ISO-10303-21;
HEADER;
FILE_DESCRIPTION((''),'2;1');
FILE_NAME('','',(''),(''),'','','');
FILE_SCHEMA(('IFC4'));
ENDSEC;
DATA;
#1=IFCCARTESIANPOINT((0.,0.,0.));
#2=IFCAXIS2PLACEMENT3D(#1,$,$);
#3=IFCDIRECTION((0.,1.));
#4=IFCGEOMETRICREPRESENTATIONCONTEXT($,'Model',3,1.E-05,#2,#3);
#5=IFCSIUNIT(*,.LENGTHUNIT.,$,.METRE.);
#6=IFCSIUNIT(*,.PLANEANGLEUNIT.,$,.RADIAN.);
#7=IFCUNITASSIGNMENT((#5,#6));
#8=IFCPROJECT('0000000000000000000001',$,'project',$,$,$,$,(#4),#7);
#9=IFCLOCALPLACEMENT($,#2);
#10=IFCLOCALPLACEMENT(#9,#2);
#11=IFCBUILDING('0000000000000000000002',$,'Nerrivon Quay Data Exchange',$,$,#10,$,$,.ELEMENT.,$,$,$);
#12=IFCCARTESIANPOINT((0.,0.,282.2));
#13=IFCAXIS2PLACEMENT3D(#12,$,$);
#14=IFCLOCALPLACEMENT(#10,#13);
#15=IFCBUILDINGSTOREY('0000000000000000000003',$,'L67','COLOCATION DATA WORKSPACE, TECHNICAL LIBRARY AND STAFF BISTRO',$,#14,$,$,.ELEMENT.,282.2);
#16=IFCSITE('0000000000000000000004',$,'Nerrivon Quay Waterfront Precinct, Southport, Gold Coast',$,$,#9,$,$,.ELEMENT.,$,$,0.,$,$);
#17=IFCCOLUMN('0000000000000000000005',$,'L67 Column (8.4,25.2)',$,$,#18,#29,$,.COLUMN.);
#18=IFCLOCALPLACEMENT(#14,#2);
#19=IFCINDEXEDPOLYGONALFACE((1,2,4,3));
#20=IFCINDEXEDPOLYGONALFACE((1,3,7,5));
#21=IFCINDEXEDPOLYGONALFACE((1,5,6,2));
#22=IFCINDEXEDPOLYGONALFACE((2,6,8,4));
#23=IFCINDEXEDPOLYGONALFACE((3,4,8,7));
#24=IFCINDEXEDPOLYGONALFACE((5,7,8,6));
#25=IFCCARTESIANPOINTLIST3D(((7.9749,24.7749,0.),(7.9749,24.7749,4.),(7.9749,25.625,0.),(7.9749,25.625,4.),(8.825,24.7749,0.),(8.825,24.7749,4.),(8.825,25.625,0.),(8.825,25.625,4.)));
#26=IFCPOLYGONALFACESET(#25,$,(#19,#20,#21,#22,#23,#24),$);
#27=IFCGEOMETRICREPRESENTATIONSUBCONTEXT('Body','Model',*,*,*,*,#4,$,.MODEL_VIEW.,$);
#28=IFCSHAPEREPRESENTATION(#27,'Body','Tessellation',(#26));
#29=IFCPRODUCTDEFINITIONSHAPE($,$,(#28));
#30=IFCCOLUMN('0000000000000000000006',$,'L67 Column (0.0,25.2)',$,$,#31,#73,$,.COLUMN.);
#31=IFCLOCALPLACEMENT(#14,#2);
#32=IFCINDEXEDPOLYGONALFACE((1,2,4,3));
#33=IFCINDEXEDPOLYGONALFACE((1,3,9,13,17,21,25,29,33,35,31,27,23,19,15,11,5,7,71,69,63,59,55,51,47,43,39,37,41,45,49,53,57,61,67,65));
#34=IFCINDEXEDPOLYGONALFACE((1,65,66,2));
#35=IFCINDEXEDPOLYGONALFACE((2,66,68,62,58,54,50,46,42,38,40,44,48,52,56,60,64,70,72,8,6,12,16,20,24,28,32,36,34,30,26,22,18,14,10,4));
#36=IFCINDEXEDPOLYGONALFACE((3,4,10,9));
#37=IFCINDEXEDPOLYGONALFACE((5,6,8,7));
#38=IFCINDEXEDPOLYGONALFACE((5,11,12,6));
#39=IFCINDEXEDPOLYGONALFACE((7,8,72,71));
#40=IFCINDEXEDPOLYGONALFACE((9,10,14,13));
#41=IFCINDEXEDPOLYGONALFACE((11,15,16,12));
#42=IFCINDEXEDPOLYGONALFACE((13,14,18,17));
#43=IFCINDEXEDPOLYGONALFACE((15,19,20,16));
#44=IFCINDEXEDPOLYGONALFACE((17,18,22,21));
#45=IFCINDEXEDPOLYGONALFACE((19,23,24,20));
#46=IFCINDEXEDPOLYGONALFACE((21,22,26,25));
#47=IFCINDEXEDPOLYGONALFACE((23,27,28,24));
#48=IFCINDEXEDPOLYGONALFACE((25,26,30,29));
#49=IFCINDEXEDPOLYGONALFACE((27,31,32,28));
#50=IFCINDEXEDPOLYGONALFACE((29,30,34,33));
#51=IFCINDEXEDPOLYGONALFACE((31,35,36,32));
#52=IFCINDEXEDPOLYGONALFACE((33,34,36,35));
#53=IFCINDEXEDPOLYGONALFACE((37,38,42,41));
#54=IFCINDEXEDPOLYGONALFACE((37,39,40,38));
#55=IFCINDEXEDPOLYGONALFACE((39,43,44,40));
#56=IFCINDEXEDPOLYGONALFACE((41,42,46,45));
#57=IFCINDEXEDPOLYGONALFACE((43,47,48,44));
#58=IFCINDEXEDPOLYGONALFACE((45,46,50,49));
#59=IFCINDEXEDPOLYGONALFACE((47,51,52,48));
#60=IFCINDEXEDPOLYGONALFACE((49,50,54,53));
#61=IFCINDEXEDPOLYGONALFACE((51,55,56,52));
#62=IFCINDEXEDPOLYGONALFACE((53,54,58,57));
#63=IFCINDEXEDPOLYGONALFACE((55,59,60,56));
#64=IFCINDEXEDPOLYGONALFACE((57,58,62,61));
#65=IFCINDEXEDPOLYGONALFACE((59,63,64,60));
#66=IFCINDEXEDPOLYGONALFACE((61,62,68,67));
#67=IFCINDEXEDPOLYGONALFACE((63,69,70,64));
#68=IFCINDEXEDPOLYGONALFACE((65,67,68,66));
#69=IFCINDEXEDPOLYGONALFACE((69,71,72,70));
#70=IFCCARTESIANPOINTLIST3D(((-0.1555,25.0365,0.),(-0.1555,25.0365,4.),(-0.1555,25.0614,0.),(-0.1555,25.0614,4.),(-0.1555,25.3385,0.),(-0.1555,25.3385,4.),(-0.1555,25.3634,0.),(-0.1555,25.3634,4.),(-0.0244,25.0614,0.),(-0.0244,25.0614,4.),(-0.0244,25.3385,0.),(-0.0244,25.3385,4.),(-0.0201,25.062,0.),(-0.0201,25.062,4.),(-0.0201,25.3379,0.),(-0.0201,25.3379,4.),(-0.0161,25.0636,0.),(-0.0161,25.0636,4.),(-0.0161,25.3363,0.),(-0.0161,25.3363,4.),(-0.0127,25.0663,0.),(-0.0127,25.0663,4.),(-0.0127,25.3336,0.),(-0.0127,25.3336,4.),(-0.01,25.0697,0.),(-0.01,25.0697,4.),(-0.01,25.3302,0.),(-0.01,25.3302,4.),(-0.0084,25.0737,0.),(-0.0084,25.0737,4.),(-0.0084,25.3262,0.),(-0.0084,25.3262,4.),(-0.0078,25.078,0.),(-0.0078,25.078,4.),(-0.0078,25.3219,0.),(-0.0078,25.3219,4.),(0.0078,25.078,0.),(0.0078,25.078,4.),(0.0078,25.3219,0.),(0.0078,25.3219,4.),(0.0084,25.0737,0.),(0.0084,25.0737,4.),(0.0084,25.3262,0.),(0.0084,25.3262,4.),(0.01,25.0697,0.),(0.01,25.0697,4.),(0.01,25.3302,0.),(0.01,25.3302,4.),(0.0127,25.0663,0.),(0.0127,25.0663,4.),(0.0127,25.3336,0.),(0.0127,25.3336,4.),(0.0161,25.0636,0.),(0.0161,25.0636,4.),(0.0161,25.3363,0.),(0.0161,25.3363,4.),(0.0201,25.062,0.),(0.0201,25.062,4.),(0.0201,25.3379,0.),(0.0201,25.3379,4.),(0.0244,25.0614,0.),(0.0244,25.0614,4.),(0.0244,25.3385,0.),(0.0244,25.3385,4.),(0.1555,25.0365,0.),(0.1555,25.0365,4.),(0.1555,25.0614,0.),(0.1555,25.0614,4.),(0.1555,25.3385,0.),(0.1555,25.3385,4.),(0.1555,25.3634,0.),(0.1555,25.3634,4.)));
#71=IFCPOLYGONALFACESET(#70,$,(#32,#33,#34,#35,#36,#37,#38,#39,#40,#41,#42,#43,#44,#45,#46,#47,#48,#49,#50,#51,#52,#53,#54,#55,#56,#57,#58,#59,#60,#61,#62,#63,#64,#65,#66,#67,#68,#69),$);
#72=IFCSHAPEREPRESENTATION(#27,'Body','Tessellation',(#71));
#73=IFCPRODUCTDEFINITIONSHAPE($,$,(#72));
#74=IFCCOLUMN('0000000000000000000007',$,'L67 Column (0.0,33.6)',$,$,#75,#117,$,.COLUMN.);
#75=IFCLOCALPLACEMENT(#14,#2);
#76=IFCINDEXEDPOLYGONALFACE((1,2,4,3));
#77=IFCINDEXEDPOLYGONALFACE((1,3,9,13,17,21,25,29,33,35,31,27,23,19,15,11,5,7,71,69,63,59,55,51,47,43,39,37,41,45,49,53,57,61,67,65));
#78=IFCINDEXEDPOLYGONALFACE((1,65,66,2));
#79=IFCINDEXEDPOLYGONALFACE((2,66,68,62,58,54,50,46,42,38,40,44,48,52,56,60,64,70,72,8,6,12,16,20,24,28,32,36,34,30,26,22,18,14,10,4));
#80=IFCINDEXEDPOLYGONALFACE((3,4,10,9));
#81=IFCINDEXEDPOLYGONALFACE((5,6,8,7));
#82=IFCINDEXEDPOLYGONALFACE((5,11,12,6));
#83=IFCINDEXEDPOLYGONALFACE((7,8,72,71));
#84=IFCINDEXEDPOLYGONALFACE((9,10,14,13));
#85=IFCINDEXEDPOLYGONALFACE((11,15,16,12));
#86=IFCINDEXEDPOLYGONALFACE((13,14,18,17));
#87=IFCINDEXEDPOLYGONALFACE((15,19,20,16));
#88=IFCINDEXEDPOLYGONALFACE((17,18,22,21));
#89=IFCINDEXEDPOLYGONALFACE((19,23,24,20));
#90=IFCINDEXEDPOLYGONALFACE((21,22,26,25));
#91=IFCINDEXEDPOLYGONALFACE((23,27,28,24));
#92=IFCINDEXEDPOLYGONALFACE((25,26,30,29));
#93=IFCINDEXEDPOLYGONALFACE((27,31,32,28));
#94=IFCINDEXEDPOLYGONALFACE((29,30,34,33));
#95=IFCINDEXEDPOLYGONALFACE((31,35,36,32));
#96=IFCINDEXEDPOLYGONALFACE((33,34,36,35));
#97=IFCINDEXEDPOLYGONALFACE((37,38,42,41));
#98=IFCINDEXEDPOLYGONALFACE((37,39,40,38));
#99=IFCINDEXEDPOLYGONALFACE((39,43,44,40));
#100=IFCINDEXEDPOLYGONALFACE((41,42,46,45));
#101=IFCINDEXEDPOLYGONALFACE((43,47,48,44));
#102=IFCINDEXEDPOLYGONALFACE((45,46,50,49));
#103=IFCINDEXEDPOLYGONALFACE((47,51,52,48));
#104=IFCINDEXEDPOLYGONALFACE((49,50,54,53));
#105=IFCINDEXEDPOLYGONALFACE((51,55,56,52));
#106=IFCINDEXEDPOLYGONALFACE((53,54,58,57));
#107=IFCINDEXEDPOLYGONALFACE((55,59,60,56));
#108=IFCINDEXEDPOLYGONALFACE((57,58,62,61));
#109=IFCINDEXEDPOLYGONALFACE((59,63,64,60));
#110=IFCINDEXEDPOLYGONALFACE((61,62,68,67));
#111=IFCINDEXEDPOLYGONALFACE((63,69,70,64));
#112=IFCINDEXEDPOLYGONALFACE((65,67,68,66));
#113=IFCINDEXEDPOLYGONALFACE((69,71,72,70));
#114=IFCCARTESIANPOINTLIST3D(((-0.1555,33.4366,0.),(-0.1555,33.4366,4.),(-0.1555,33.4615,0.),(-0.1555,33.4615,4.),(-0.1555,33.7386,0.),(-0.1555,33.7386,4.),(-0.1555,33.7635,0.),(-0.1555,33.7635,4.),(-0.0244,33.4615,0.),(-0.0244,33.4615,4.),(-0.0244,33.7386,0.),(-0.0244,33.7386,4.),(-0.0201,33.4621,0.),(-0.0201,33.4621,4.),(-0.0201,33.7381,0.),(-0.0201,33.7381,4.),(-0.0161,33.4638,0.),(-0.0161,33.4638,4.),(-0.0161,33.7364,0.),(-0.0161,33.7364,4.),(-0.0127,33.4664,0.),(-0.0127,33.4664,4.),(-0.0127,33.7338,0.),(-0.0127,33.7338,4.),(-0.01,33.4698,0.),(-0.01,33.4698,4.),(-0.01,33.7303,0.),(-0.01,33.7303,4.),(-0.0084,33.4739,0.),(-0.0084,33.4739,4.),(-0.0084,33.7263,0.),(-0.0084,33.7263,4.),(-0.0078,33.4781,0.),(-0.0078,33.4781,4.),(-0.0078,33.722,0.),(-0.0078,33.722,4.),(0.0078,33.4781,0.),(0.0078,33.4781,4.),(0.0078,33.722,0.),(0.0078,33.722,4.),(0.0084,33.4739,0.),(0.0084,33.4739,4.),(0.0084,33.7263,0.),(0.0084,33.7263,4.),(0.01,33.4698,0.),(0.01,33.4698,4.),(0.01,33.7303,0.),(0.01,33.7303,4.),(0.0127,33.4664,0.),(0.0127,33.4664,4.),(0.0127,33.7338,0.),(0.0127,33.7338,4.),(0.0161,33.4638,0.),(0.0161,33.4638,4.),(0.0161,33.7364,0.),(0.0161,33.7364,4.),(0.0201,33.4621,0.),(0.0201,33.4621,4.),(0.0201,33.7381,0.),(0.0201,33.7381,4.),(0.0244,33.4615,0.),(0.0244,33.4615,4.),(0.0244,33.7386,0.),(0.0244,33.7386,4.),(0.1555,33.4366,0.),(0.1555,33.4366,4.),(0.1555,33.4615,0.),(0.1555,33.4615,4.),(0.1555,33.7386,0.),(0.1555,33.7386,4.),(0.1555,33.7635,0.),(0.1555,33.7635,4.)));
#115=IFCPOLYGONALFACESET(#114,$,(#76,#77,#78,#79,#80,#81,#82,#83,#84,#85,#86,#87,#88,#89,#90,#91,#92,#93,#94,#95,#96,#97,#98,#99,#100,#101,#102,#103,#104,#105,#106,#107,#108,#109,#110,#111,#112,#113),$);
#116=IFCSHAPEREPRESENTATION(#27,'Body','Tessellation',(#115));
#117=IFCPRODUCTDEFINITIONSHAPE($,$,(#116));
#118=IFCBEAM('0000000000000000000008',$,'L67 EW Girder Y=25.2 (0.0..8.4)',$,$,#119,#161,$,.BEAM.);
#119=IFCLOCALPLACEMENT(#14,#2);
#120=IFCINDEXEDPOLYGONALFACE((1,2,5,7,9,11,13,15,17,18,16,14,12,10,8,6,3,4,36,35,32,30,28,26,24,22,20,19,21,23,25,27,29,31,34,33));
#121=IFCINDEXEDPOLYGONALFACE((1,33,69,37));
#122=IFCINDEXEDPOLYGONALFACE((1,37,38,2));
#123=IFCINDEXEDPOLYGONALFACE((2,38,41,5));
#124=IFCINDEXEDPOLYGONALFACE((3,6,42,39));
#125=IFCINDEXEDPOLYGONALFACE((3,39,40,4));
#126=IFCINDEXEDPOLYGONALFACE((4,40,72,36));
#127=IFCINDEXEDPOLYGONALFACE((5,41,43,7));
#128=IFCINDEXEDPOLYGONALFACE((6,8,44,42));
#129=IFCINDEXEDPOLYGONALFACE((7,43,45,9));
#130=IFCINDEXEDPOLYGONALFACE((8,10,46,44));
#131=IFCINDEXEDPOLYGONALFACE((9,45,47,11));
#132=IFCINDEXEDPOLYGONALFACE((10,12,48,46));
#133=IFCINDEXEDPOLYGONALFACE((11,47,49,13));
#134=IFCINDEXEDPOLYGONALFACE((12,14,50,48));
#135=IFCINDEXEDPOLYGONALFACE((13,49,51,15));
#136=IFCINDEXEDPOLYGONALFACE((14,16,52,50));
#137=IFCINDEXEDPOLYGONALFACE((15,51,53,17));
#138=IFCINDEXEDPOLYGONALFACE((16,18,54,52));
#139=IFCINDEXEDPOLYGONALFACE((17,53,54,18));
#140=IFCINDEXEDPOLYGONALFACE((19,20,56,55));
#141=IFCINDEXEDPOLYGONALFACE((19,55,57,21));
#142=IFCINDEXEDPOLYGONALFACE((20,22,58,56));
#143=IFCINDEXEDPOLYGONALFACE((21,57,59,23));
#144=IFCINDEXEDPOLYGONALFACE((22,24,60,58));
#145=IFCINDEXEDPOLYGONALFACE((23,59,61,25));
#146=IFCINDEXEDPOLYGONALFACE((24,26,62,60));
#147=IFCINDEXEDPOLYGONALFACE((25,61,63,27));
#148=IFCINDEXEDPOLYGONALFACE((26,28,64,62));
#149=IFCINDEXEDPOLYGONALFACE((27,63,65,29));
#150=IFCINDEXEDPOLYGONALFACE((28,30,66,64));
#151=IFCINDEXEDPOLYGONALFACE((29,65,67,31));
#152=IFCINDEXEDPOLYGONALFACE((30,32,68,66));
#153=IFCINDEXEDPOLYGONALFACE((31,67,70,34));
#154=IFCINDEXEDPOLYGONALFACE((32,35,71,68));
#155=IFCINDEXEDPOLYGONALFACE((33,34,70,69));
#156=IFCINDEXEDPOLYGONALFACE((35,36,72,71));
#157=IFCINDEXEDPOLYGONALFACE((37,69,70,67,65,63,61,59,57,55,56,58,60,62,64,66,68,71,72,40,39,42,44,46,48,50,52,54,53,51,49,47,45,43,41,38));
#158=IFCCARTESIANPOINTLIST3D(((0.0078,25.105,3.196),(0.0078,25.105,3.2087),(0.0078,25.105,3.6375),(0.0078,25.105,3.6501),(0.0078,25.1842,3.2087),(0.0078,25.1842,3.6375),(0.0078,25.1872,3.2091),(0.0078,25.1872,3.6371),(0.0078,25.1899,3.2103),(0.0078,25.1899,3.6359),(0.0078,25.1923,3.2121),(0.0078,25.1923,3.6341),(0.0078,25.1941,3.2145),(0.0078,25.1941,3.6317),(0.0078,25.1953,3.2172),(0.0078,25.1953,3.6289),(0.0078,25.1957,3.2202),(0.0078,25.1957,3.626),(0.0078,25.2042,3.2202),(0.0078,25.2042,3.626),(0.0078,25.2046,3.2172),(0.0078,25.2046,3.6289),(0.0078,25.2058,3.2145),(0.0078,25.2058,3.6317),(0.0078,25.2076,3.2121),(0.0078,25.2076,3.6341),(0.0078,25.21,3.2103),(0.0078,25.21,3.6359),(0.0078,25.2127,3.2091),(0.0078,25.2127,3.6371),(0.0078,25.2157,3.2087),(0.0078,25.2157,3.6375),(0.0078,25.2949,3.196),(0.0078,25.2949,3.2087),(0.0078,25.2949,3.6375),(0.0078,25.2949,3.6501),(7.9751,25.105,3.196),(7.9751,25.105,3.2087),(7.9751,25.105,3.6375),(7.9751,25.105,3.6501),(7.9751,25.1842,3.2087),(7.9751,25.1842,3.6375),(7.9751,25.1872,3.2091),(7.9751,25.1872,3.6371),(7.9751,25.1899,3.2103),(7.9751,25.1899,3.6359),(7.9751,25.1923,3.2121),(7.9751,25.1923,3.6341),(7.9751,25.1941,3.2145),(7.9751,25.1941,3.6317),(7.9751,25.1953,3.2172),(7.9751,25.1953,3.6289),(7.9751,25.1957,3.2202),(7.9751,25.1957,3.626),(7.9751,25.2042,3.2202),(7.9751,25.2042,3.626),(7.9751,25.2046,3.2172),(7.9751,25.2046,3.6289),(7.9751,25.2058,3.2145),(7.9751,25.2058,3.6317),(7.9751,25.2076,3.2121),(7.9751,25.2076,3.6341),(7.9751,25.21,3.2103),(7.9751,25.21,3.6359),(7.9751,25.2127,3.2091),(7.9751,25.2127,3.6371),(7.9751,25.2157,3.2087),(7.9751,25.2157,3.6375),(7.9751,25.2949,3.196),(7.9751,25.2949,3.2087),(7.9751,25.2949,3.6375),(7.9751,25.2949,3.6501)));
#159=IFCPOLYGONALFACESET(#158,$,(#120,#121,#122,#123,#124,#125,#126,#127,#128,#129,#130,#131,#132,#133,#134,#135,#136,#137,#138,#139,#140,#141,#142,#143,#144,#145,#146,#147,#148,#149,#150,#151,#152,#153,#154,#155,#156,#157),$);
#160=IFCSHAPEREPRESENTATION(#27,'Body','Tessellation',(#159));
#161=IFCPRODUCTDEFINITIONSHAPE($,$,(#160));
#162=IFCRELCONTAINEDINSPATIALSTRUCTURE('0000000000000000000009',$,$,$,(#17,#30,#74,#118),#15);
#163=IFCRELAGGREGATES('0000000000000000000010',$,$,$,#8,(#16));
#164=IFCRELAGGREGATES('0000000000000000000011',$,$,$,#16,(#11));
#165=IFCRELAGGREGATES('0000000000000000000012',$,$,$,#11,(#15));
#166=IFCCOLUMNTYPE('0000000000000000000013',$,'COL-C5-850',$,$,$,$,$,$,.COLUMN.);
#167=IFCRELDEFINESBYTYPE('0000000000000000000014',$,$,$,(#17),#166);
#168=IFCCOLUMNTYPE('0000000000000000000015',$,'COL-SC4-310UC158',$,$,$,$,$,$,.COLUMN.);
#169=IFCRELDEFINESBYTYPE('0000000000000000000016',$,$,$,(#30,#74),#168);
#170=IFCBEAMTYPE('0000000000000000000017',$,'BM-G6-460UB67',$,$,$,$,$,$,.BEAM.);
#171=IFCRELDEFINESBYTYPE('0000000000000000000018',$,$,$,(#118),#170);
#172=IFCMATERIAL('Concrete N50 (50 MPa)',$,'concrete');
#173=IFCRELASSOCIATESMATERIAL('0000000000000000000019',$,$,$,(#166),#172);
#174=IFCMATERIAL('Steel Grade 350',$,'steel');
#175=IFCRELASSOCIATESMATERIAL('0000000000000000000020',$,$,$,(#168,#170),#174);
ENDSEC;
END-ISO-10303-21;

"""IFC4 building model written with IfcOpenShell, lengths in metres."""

from ifc_helpers import new_model, si_unit, direction, frame, origin, origin_2d, place, context, subcontext, project, spatial, rectangle, i_section, extrude, material, material_profile, profile_set, type_object, element, save


model = new_model("IFC4")

# Units and contexts
model_context = context("Model", 3, precision=1e-05, world=origin(), true_north=direction((0.0, 1.0)))
body_context = subcontext(model_context, "Body", "Model", "MODEL_VIEW")
ifc_project = project(units=[si_unit("LENGTHUNIT", "METRE"), si_unit("PLANEANGLEUNIT", "RADIAN")], contexts=[model_context])

# Site, building, storey
site_placement = place(None, origin())
site = spatial("IfcSite", under=ifc_project, at=site_placement, Name="Nerrivon Quay Waterfront Precinct, Southport, Gold Coast", CompositionType="ELEMENT", RefElevation=0.0)
building_placement = place(site_placement, origin())
building = spatial("IfcBuilding", under=site, at=building_placement, Name="Nerrivon Quay Data Exchange", CompositionType="ELEMENT")
storey_placement = place(building_placement, frame((0.0, 0.0, 282.2)))
storey = spatial("IfcBuildingStorey", under=building, at=storey_placement, Name="L67", Description="COLOCATION DATA WORKSPACE, TECHNICAL LIBRARY AND STAFF BISTRO", CompositionType="ELEMENT", Elevation=282.2)

# Columns
ifc_material_1 = material(Name="Concrete N50 (50 MPa)", Category="concrete")
ifc_material_profile_1 = material_profile(ifc_material_1, rectangle(XDim=0.8501, YDim=0.8501, at=origin_2d()), Name="RC-COL-850x850")
ifc_profile_set_1 = profile_set([ifc_material_profile_1], Name="Concrete N50 (50 MPa)")
column_type_1 = type_object("IfcColumnType", Name="COL-C5-850", PredefinedType="COLUMN", material=ifc_profile_set_1)
column_placement = place(storey_placement, frame((8.3999, 25.2, 0.0), z_axis=(0.0, 0.0, 1.0), x_axis=(1.0, 0.0, 0.0)))
element("IfcColumn", 1, at=column_placement, inside=storey, type_object=column_type_1, Name="L67 Column (8.4,25.2)", PredefinedType="COLUMN", context=body_context, shape_type="SweptSolid", body=[
    extrude(rectangle(XDim=0.8501, YDim=0.8501, at=origin_2d()), origin(), (0.0, 0.0, 1.0), 4.0),
])
ifc_material_2 = material(Name="Steel Grade 350", Category="steel")
ifc_material_profile_2 = material_profile(ifc_material_2, i_section(OverallWidth=0.311, OverallDepth=0.3269, WebThickness=0.0156, FlangeThickness=0.0249, FilletRadius=0.0166, at=origin_2d()), Name="310UC158")
ifc_profile_set_2 = profile_set([ifc_material_profile_2], Name="Steel Grade 350")
column_type_2 = type_object("IfcColumnType", Name="COL-SC4-310UC158", PredefinedType="COLUMN", material=ifc_profile_set_2)
for number, where, z_axis, x_axis, name in (
    (2, (0.0, 25.2, 0.0), (0.0, 0.0, 1.0), (1.0, 0.0, 0.0), "L67 Column (0.0,25.2)"),
    (3, (0.0, 33.6001, 0.0), (0.0, 0.0, 1.0), (1.0, 0.0, 0.0), "L67 Column (0.0,33.6)"),
):
    element("IfcColumn", number, at=place(storey_placement, frame(where, z_axis=z_axis, x_axis=x_axis)), inside=storey, type_object=column_type_2, Name=name, PredefinedType="COLUMN", context=body_context, shape_type="SweptSolid", body=[
        extrude(i_section(OverallWidth=0.311, OverallDepth=0.3269, WebThickness=0.0156, FlangeThickness=0.0249, FilletRadius=0.0166, at=origin_2d()), origin(), (0.0, 0.0, 1.0), 4.0),
    ])

# Beam
ifc_material_profile_3 = material_profile(ifc_material_2, i_section(OverallWidth=0.1899, OverallDepth=0.4541, WebThickness=0.0085, FlangeThickness=0.0127, FilletRadius=0.0115, at=origin_2d()), Name="460UB67.1")
ifc_profile_set_3 = profile_set([ifc_material_profile_3], Name="Steel Grade 350")
beam_type_1 = type_object("IfcBeamType", Name="BM-G6-460UB67", PredefinedType="BEAM", material=ifc_profile_set_3)
for number, where, z_axis, x_axis, name in (
    (4, (0.0078, 25.2, 3.4231), (1.0, 0.0, 0.0), (0.0, 1.0, 0.0), "L67 EW Girder Y=25.2 (0.0..8.4)"),
):
    element("IfcBeam", number, at=place(storey_placement, frame(where, z_axis=z_axis, x_axis=x_axis)), inside=storey, type_object=beam_type_1, Name=name, PredefinedType="BEAM", context=body_context, shape_type="SweptSolid", body=[
        extrude(i_section(OverallWidth=0.1899, OverallDepth=0.4541, WebThickness=0.0085, FlangeThickness=0.0127, FilletRadius=0.0115, at=origin_2d()), origin(), (0.0, 0.0, 1.0), 7.9673),
    ])

save(model, "model.ifc")
